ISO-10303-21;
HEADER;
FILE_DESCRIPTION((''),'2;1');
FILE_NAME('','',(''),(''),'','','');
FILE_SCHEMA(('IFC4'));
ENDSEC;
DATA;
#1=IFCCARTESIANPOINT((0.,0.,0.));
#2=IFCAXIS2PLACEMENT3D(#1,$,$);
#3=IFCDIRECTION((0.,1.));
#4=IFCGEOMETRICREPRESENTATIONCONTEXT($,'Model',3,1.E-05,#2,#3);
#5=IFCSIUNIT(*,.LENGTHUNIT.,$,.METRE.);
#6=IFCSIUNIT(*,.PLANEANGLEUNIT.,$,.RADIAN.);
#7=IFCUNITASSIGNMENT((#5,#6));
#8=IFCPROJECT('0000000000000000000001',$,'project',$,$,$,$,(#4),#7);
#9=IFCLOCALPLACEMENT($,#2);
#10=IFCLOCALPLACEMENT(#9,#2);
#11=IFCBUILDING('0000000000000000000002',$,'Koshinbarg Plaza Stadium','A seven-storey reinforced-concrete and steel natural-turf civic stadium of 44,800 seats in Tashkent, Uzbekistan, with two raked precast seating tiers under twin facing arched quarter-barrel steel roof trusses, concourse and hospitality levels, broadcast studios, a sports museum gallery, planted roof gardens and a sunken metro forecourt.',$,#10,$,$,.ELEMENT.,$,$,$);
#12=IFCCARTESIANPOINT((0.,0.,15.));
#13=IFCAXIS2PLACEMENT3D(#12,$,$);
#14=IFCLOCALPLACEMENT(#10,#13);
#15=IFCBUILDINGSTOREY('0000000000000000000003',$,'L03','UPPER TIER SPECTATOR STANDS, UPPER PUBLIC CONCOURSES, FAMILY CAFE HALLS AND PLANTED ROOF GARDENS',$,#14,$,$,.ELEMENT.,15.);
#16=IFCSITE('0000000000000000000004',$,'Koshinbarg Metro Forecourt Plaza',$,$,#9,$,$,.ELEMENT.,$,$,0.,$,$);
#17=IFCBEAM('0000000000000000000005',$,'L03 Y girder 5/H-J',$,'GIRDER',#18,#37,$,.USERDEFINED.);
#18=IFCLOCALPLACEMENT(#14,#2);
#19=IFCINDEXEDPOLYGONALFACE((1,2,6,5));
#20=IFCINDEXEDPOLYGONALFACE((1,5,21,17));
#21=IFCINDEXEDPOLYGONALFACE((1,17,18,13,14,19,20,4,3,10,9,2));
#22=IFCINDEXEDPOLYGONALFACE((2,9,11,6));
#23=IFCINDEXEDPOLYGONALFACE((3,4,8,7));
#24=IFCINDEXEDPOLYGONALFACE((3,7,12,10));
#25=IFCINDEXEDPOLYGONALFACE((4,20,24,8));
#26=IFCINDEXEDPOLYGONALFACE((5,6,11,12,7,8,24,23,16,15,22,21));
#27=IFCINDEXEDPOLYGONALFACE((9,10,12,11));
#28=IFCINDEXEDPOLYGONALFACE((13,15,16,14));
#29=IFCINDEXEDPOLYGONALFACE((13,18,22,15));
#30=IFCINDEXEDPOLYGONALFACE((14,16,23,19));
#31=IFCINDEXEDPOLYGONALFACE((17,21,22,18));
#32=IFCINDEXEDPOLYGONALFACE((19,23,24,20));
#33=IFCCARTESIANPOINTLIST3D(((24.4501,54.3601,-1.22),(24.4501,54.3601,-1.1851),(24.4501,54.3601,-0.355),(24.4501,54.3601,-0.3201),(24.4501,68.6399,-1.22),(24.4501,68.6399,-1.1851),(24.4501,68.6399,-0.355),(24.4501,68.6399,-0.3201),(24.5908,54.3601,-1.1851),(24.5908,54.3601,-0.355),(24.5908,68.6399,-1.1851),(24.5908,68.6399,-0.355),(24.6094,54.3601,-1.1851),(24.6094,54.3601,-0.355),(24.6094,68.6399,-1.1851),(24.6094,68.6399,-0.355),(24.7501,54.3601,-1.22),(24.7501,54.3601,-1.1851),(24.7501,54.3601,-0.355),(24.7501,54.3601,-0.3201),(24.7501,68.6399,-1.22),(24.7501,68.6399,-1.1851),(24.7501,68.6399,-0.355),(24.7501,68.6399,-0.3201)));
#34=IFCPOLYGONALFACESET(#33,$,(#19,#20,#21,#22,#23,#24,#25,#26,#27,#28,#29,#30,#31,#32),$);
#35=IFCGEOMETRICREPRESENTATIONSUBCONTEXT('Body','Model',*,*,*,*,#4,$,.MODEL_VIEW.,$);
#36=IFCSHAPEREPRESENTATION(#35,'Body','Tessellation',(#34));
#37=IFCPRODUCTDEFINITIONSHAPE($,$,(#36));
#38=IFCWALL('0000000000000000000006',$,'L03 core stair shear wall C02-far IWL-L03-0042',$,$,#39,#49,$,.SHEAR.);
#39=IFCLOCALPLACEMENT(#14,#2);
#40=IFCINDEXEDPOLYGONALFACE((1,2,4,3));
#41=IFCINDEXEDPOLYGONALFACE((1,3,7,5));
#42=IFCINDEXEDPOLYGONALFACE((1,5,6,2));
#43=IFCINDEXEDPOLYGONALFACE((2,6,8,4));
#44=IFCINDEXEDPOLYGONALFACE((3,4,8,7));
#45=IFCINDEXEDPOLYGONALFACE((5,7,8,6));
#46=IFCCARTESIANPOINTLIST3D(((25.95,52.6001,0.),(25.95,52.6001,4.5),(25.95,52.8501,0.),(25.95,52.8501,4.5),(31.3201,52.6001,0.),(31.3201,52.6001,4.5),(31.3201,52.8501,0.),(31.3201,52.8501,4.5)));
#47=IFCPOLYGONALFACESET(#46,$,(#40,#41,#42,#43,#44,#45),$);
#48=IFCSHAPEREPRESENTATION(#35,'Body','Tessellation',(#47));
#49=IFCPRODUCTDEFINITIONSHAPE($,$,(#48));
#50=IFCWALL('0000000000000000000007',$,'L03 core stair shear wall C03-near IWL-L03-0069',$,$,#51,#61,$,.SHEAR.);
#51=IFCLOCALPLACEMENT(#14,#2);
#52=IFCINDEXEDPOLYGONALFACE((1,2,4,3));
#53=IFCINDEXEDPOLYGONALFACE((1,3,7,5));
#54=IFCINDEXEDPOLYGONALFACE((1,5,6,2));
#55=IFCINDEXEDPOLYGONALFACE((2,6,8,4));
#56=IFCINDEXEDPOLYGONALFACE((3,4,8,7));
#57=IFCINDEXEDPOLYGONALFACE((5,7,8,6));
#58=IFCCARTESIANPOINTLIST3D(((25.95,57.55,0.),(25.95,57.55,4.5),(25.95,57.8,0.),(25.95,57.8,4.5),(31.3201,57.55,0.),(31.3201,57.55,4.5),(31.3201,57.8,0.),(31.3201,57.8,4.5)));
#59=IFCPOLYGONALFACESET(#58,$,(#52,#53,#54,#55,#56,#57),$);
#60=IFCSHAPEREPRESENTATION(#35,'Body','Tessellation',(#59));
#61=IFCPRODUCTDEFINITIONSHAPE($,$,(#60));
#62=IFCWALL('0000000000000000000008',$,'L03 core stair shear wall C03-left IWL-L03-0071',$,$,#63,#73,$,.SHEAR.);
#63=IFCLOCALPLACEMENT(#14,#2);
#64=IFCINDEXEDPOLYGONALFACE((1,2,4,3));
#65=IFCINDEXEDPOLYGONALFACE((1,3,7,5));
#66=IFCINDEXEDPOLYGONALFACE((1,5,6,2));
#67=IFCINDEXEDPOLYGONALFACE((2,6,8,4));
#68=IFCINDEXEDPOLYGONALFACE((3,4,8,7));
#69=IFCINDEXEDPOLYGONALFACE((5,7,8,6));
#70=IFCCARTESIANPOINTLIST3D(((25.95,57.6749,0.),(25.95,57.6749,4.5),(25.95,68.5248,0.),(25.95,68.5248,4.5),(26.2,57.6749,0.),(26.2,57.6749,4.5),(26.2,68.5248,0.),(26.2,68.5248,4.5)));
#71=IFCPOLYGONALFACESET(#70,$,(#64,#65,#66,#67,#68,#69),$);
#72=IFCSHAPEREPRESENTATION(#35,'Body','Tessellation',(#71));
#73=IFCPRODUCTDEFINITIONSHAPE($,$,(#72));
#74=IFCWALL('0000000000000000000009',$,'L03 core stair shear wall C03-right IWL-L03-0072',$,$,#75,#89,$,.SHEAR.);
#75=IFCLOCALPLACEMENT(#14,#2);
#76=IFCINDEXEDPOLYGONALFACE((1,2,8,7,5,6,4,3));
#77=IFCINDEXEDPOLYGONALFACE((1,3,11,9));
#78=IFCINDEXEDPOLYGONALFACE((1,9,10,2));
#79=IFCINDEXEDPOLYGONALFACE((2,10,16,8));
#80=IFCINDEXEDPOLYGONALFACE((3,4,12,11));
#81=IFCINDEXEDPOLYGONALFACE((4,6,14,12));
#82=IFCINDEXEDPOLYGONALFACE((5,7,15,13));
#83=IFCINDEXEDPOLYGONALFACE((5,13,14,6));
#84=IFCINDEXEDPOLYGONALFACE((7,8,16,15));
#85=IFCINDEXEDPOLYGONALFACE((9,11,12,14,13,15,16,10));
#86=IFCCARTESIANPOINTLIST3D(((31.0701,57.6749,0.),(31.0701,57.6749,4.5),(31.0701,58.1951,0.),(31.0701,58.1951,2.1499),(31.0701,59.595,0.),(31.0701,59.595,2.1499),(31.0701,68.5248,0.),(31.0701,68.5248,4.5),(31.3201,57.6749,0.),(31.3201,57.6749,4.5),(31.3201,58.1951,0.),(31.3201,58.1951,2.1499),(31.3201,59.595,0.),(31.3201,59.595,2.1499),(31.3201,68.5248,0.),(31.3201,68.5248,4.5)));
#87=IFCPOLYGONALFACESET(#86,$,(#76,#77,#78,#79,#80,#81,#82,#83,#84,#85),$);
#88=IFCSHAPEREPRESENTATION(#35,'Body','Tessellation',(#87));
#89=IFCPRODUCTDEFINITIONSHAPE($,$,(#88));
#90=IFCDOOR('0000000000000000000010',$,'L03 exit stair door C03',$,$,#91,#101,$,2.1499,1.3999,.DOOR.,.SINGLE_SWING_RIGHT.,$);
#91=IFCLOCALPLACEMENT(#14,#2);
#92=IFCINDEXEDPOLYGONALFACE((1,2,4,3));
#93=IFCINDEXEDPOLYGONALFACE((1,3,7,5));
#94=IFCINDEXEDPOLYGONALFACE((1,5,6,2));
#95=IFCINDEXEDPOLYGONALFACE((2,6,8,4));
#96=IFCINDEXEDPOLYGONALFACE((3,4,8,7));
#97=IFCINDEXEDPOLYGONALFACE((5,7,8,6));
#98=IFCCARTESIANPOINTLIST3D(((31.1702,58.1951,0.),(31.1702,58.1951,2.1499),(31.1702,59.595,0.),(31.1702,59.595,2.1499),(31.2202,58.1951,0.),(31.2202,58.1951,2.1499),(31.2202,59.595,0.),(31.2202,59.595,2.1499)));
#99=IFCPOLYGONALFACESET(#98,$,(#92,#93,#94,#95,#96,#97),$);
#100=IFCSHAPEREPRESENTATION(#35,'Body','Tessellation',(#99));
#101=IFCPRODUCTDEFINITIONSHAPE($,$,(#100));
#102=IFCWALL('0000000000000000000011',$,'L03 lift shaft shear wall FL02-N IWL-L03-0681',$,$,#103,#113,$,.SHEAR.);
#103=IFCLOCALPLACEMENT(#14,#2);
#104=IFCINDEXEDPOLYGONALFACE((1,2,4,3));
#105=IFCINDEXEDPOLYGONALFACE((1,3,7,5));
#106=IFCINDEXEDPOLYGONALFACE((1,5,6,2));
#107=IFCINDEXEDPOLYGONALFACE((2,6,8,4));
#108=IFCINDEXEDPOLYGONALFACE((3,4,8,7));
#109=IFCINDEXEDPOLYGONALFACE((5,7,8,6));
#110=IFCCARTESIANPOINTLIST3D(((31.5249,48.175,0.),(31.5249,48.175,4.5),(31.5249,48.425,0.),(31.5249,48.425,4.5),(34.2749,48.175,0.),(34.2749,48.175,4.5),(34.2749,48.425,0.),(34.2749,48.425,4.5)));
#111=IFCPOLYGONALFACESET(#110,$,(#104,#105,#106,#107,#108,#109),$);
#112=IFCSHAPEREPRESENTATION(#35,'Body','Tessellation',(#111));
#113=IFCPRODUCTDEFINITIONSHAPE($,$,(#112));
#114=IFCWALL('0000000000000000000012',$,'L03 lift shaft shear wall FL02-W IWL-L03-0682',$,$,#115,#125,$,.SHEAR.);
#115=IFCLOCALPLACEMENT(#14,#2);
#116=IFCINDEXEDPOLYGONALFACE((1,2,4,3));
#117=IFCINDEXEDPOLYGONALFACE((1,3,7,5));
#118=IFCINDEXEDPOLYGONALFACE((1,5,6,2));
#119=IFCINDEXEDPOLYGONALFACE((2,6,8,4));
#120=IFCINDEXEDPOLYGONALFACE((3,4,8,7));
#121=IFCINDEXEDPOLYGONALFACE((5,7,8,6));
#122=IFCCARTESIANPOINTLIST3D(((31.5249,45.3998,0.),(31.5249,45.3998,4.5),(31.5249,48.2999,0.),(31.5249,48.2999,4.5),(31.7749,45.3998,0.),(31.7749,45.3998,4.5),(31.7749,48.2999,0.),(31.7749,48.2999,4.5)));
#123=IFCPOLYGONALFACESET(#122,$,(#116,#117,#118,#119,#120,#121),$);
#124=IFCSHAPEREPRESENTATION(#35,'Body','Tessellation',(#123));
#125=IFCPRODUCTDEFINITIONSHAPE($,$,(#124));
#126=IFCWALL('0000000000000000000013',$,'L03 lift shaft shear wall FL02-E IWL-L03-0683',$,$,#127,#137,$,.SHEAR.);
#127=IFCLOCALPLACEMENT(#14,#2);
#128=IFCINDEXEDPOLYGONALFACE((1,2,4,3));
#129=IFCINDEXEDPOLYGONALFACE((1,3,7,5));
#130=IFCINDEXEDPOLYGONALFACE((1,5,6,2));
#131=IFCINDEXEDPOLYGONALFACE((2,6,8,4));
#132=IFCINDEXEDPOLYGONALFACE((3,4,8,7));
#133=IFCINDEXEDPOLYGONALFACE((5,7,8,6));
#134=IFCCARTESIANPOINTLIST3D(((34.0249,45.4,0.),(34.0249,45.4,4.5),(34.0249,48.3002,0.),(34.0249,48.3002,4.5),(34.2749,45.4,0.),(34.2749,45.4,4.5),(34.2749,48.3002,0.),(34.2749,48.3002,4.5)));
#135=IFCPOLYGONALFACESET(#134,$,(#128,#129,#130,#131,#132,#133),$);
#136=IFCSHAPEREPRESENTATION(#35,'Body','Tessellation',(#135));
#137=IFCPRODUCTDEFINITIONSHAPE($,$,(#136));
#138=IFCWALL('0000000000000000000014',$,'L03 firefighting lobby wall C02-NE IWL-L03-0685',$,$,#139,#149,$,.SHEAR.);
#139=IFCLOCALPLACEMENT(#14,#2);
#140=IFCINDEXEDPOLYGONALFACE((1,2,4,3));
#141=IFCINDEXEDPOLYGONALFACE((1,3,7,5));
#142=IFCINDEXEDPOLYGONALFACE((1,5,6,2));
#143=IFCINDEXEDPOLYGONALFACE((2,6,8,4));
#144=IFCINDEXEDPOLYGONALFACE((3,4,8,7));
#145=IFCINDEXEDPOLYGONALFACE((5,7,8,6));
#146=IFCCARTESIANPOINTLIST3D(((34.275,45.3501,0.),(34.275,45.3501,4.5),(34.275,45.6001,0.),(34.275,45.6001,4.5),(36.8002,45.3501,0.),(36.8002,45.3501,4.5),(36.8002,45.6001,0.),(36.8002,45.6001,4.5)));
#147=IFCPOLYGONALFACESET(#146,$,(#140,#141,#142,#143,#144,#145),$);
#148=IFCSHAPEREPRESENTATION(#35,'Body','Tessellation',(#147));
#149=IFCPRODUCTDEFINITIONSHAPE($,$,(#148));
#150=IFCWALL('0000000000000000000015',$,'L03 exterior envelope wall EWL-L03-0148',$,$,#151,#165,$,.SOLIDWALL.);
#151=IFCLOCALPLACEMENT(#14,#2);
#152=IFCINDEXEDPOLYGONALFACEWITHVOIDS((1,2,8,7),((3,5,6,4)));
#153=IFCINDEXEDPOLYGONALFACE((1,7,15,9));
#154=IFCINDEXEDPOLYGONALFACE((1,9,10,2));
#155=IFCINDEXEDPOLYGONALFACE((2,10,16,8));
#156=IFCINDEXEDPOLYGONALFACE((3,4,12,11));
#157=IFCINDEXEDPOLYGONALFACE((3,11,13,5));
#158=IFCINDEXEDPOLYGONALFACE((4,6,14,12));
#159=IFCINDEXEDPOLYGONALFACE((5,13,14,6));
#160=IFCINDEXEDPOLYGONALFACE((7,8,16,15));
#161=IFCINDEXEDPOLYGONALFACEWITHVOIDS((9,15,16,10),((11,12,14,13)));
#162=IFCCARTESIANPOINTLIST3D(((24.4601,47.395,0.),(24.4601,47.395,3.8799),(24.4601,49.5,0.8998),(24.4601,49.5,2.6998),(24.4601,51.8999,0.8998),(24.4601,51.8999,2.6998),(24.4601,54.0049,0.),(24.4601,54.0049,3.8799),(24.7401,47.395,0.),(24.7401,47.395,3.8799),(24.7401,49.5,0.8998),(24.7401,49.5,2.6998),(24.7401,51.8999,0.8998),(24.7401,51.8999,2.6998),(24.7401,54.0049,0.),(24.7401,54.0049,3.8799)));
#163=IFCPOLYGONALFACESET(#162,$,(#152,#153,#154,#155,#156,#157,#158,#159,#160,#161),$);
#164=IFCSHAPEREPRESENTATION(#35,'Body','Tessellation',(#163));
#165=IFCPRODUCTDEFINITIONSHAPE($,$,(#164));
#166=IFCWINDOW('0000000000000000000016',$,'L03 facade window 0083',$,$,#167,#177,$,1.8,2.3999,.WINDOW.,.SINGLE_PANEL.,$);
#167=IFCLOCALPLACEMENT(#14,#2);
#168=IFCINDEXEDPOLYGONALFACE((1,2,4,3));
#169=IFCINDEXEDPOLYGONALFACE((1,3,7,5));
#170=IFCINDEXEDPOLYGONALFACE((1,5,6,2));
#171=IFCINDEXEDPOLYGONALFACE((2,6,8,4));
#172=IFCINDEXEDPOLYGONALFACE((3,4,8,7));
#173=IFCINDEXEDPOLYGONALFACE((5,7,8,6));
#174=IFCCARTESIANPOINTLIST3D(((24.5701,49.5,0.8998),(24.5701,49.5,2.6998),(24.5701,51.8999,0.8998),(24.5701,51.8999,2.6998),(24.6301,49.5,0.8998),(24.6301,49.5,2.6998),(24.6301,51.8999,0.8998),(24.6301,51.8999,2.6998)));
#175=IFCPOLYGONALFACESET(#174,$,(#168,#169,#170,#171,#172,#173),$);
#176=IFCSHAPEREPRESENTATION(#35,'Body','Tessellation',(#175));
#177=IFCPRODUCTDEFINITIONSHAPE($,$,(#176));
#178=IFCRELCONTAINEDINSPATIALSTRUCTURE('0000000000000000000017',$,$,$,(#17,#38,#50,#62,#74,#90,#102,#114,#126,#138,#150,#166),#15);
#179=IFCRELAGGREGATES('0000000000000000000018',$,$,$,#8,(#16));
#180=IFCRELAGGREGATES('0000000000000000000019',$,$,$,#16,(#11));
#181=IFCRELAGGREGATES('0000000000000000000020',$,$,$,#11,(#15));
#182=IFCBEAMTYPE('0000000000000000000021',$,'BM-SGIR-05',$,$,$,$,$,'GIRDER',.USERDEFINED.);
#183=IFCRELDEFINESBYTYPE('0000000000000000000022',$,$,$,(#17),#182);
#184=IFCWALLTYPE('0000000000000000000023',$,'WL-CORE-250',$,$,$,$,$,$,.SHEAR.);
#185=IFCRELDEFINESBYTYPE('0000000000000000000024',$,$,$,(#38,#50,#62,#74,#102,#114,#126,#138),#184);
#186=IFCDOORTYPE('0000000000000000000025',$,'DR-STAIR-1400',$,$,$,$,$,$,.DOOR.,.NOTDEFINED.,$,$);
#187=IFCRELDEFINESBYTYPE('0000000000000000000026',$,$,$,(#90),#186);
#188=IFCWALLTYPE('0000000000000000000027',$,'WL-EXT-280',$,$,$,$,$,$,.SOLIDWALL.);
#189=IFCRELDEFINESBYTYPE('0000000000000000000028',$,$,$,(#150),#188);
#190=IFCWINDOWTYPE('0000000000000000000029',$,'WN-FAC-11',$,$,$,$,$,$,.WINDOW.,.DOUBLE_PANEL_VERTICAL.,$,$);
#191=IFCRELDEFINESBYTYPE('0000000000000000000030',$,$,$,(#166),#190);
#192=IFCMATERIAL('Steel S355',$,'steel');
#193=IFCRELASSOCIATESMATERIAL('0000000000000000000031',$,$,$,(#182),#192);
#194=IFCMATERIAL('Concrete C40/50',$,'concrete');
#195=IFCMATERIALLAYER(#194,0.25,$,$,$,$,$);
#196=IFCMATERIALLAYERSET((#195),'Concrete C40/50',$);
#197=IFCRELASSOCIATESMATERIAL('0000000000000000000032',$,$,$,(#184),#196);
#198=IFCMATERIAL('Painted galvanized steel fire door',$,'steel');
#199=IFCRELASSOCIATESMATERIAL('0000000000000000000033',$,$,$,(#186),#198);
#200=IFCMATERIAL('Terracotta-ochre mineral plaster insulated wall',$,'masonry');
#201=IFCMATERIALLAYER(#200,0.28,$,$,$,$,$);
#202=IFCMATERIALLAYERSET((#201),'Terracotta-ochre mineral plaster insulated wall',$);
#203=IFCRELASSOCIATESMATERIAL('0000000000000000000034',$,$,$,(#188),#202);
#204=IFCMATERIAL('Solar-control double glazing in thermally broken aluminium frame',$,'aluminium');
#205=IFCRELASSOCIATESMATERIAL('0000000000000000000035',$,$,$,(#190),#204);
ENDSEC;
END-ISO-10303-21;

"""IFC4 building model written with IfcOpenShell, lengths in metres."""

from ifc_helpers import new_model, si_unit, direction, frame, frame_2d, origin, origin_2d, place, context, subcontext, project, spatial, rectangle, i_section, extrude, material, layer, layer_set, material_profile, profile_set, type_object, element, fill, save


model = new_model("IFC4")

# Units and contexts
model_context = context("Model", 3, precision=1e-05, world=origin(), true_north=direction((0.0, 1.0)))
body_context = subcontext(model_context, "Body", "Model", "MODEL_VIEW")
ifc_project = project(units=[si_unit("LENGTHUNIT", "METRE"), si_unit("PLANEANGLEUNIT", "RADIAN")], contexts=[model_context])

# Site, building, storey
site_placement = place(None, origin())
site = spatial("IfcSite", under=ifc_project, at=site_placement, Name="Koshinbarg Metro Forecourt Plaza", CompositionType="ELEMENT", RefElevation=0.0)
building_placement = place(site_placement, origin())
building = spatial("IfcBuilding", under=site, at=building_placement, Name="Koshinbarg Plaza Stadium", Description="A seven-storey reinforced-concrete and steel natural-turf civic stadium of 44,800 seats in Tashkent, Uzbekistan, with two raked precast seating tiers under twin facing arched quarter-barrel steel roof trusses, concourse and hospitality levels, broadcast studios, a sports museum gallery, planted roof gardens and a sunken metro forecourt.", CompositionType="ELEMENT")
storey_placement = place(building_placement, frame((0.0, 0.0, 15.0)))
storey = spatial("IfcBuildingStorey", under=building, at=storey_placement, Name="L03", Description="UPPER TIER SPECTATOR STANDS, UPPER PUBLIC CONCOURSES, FAMILY CAFE HALLS AND PLANTED ROOF GARDENS", CompositionType="ELEMENT", Elevation=15.0)

# Shared definitions
ifc_material_1 = material(Name="Concrete C40/50", Category="concrete")

# Beam
ifc_material_2 = material(Name="Steel S355", Category="steel")
ifc_material_profile_1 = material_profile(ifc_material_2, i_section(OverallWidth=0.3, OverallDepth=0.8999, WebThickness=0.0186, FlangeThickness=0.0349, at=origin_2d()), Name="HEB 900")
ifc_profile_set_1 = profile_set([ifc_material_profile_1], Name="Steel S355")
beam_type_1 = type_object("IfcBeamType", Name="BM-SGIR-05", ElementType="GIRDER", PredefinedType="USERDEFINED", material=ifc_profile_set_1)
beam_1_placement = place(storey_placement, frame((24.6001, 54.3601, -0.77), z_axis=(0.0, 1.0, 0.0), x_axis=(-1.0, 0.0, 0.0)))
element("IfcBeam", 1, at=beam_1_placement, inside=storey, type_object=beam_type_1, Name="L03 Y girder 5/H-J", ObjectType="GIRDER", PredefinedType="USERDEFINED", context=body_context, shape_type="SweptSolid", body=[
    extrude(i_section(OverallWidth=0.3, OverallDepth=0.8999, WebThickness=0.0186, FlangeThickness=0.0349, at=origin_2d()), origin(), (0.0, 0.0, 1.0), 14.2798),
])

# Walls
ifc_layer_1 = layer(ifc_material_1, 0.25)
ifc_layer_set_1 = layer_set([ifc_layer_1], Name="Concrete C40/50")
wall_type_1 = type_object("IfcWallType", Name="WL-CORE-250", PredefinedType="SHEAR", material=ifc_layer_set_1)
for number, where, z_axis, x_axis, name in (
    (2, (31.3201, 52.7251, 0.0), (0.0, 0.0, 1.0), (-1.0, 0.0, 0.0), "L03 core stair shear wall C02-far IWL-L03-0042"),
    (3, (25.95, 57.675, 0.0), (0.0, 0.0, 1.0), (1.0, 0.0, 0.0), "L03 core stair shear wall C03-near IWL-L03-0069"),
):
    element("IfcWall", number, at=place(storey_placement, frame(where, z_axis=z_axis, x_axis=x_axis)), inside=storey, type_object=wall_type_1, Name=name, PredefinedType="SHEAR", context=body_context, shape_type="SweptSolid", body=[
        extrude(rectangle(XDim=5.3701, YDim=0.25, at=frame_2d((2.6851, 0.0))), origin(), (0.0, 0.0, 1.0), 4.5),
    ])
wall_1_placement = place(storey_placement, frame((26.075, 57.675, 0.0), z_axis=(0.0, 0.0, 1.0), x_axis=(0.0, 1.0, 0.0)))
element("IfcWall", 4, at=wall_1_placement, inside=storey, type_object=wall_type_1, Name="L03 core stair shear wall C03-left IWL-L03-0071", PredefinedType="SHEAR", context=body_context, shape_type="SweptSolid", body=[
    extrude(rectangle(XDim=10.8499, YDim=0.25, at=frame_2d((5.4248, 0.0))), origin(), (0.0, 0.0, 1.0), 4.5),
])

# Wall, opening, door
wall_2_placement = place(storey_placement, frame((31.1951, 57.675, 0.0), z_axis=(0.0, 0.0, 1.0), x_axis=(0.0, 1.0, 0.0)))
wall_2 = element("IfcWall", 5, at=wall_2_placement, inside=storey, type_object=wall_type_1, Name="L03 core stair shear wall C03-right IWL-L03-0072", PredefinedType="SHEAR", context=body_context, shape_type="SweptSolid", body=[
    extrude(rectangle(XDim=10.8499, YDim=0.25, at=frame_2d((5.4248, 0.0))), origin(), (0.0, 0.0, 1.0), 4.5),
])
opening_1_placement = place(wall_2_placement, frame((0.52, 0.0, 0.0)))
opening_1 = element("IfcOpeningElement", 6, at=opening_1_placement, cuts=wall_2, PredefinedType="OPENING", context=body_context, shape_type="SweptSolid", body=[
    extrude(rectangle(XDim=1.3999, YDim=2.1499, at=frame_2d((0.7, 1.075))), frame((0.0, 0.135, 0.0), z_axis=(0.0, -1.0, 0.0), x_axis=(1.0, 0.0, 0.0)), (0.0, 0.0, 1.0), 0.27),
])
ifc_material_3 = material(Name="Painted galvanized steel fire door", Category="steel")
door_type_1 = type_object("IfcDoorType", Name="DR-STAIR-1400", OperationType="NOTDEFINED", PredefinedType="DOOR", material=ifc_material_3)
door_1_placement = place(opening_1_placement, origin())
door_1 = element("IfcDoor", 7, at=door_1_placement, inside=storey, type_object=door_type_1, Name="L03 exit stair door C03", OperationType="SINGLE_SWING_RIGHT", OverallHeight=2.1499, OverallWidth=1.3999, PredefinedType="DOOR", context=body_context, shape_type="SweptSolid", body=[
    extrude(rectangle(XDim=1.3999, YDim=2.1499, at=frame_2d((0.7, 1.075))), frame((0.0, 0.0249, 0.0), z_axis=(0.0, -1.0, 0.0), x_axis=(1.0, 0.0, 0.0)), (0.0, 0.0, 1.0), 0.05),
])
fill(opening_1, door_1)

# Walls
wall_3_placement = place(storey_placement, frame((34.2749, 48.3, 0.0), z_axis=(0.0, 0.0, 1.0), x_axis=(-1.0, 0.0, 0.0)))
element("IfcWall", 8, at=wall_3_placement, inside=storey, type_object=wall_type_1, Name="L03 lift shaft shear wall FL02-N IWL-L03-0681", PredefinedType="SHEAR", context=body_context, shape_type="SweptSolid", body=[
    extrude(rectangle(XDim=2.75, YDim=0.25, at=frame_2d((1.375, 0.0))), origin(), (0.0, 0.0, 1.0), 4.5),
])
for number, where, z_axis, x_axis, name in (
    (9, (31.6499, 48.3, 0.0), (0.0, 0.0, 1.0), (0.0, -1.0, 0.0), "L03 lift shaft shear wall FL02-W IWL-L03-0682"),
    (10, (34.1499, 45.3999, 0.0), (0.0, 0.0, 1.0), (0.0, 1.0, 0.0), "L03 lift shaft shear wall FL02-E IWL-L03-0683"),
):
    element("IfcWall", number, at=place(storey_placement, frame(where, z_axis=z_axis, x_axis=x_axis)), inside=storey, type_object=wall_type_1, Name=name, PredefinedType="SHEAR", context=body_context, shape_type="SweptSolid", body=[
        extrude(rectangle(XDim=2.9001, YDim=0.25, at=frame_2d((1.4502, 0.0))), origin(), (0.0, 0.0, 1.0), 4.5),
    ])
wall_4_placement = place(storey_placement, frame((34.2749, 45.4751, 0.0), z_axis=(0.0, 0.0, 1.0), x_axis=(1.0, 0.0, 0.0)))
element("IfcWall", 11, at=wall_4_placement, inside=storey, type_object=wall_type_1, Name="L03 firefighting lobby wall C02-NE IWL-L03-0685", PredefinedType="SHEAR", context=body_context, shape_type="SweptSolid", body=[
    extrude(rectangle(XDim=2.5251, YDim=0.25, at=frame_2d((1.2627, 0.0))), origin(), (0.0, 0.0, 1.0), 4.5),
])

# Wall, opening, window
ifc_material_4 = material(Name="Terracotta-ochre mineral plaster insulated wall", Category="masonry")
ifc_layer_2 = layer(ifc_material_4, 0.28)
ifc_layer_set_2 = layer_set([ifc_layer_2], Name="Terracotta-ochre mineral plaster insulated wall")
wall_type_2 = type_object("IfcWallType", Name="WL-EXT-280", PredefinedType="SOLIDWALL", material=ifc_layer_set_2)
wall_5_placement = place(storey_placement, frame((24.6001, 47.395, 0.0), z_axis=(0.0, 0.0, 1.0), x_axis=(0.0, 1.0, 0.0)))
wall_5 = element("IfcWall", 12, at=wall_5_placement, inside=storey, type_object=wall_type_2, Name="L03 exterior envelope wall EWL-L03-0148", PredefinedType="SOLIDWALL", context=body_context, shape_type="SweptSolid", body=[
    extrude(rectangle(XDim=6.6099, YDim=0.28, at=frame_2d((3.3049, 0.0))), origin(), (0.0, 0.0, 1.0), 3.8799),
])
opening_2_placement = place(wall_5_placement, frame((2.105, 0.0, 0.8999)))
opening_2 = element("IfcOpeningElement", 13, at=opening_2_placement, cuts=wall_5, PredefinedType="OPENING", context=body_context, shape_type="SweptSolid", body=[
    extrude(rectangle(XDim=2.3999, YDim=1.8, at=frame_2d((1.2, 0.8999))), frame((0.0, 0.1499, 0.0), z_axis=(0.0, -1.0, 0.0), x_axis=(1.0, 0.0, 0.0)), (0.0, 0.0, 1.0), 0.3),
])
ifc_material_5 = material(Name="Solar-control double glazing in thermally broken aluminium frame", Category="aluminium")
window_type = type_object("IfcWindowType", Name="WN-FAC-11", PartitioningType="DOUBLE_PANEL_VERTICAL", PredefinedType="WINDOW", material=ifc_material_5)
window_placement = place(opening_2_placement, origin())
window = element("IfcWindow", 14, at=window_placement, inside=storey, type_object=window_type, Name="L03 facade window 0083", OverallHeight=1.8, OverallWidth=2.3999, PartitioningType="SINGLE_PANEL", PredefinedType="WINDOW", context=body_context, shape_type="SweptSolid", body=[
    extrude(rectangle(XDim=2.3999, YDim=1.8, at=frame_2d((1.2, 0.8999))), frame((0.0, 0.03, 0.0), z_axis=(0.0, -1.0, 0.0), x_axis=(1.0, 0.0, 0.0)), (0.0, 0.0, 1.0), 0.0601),
])
fill(opening_2, window)

save(model, "model.ifc")
